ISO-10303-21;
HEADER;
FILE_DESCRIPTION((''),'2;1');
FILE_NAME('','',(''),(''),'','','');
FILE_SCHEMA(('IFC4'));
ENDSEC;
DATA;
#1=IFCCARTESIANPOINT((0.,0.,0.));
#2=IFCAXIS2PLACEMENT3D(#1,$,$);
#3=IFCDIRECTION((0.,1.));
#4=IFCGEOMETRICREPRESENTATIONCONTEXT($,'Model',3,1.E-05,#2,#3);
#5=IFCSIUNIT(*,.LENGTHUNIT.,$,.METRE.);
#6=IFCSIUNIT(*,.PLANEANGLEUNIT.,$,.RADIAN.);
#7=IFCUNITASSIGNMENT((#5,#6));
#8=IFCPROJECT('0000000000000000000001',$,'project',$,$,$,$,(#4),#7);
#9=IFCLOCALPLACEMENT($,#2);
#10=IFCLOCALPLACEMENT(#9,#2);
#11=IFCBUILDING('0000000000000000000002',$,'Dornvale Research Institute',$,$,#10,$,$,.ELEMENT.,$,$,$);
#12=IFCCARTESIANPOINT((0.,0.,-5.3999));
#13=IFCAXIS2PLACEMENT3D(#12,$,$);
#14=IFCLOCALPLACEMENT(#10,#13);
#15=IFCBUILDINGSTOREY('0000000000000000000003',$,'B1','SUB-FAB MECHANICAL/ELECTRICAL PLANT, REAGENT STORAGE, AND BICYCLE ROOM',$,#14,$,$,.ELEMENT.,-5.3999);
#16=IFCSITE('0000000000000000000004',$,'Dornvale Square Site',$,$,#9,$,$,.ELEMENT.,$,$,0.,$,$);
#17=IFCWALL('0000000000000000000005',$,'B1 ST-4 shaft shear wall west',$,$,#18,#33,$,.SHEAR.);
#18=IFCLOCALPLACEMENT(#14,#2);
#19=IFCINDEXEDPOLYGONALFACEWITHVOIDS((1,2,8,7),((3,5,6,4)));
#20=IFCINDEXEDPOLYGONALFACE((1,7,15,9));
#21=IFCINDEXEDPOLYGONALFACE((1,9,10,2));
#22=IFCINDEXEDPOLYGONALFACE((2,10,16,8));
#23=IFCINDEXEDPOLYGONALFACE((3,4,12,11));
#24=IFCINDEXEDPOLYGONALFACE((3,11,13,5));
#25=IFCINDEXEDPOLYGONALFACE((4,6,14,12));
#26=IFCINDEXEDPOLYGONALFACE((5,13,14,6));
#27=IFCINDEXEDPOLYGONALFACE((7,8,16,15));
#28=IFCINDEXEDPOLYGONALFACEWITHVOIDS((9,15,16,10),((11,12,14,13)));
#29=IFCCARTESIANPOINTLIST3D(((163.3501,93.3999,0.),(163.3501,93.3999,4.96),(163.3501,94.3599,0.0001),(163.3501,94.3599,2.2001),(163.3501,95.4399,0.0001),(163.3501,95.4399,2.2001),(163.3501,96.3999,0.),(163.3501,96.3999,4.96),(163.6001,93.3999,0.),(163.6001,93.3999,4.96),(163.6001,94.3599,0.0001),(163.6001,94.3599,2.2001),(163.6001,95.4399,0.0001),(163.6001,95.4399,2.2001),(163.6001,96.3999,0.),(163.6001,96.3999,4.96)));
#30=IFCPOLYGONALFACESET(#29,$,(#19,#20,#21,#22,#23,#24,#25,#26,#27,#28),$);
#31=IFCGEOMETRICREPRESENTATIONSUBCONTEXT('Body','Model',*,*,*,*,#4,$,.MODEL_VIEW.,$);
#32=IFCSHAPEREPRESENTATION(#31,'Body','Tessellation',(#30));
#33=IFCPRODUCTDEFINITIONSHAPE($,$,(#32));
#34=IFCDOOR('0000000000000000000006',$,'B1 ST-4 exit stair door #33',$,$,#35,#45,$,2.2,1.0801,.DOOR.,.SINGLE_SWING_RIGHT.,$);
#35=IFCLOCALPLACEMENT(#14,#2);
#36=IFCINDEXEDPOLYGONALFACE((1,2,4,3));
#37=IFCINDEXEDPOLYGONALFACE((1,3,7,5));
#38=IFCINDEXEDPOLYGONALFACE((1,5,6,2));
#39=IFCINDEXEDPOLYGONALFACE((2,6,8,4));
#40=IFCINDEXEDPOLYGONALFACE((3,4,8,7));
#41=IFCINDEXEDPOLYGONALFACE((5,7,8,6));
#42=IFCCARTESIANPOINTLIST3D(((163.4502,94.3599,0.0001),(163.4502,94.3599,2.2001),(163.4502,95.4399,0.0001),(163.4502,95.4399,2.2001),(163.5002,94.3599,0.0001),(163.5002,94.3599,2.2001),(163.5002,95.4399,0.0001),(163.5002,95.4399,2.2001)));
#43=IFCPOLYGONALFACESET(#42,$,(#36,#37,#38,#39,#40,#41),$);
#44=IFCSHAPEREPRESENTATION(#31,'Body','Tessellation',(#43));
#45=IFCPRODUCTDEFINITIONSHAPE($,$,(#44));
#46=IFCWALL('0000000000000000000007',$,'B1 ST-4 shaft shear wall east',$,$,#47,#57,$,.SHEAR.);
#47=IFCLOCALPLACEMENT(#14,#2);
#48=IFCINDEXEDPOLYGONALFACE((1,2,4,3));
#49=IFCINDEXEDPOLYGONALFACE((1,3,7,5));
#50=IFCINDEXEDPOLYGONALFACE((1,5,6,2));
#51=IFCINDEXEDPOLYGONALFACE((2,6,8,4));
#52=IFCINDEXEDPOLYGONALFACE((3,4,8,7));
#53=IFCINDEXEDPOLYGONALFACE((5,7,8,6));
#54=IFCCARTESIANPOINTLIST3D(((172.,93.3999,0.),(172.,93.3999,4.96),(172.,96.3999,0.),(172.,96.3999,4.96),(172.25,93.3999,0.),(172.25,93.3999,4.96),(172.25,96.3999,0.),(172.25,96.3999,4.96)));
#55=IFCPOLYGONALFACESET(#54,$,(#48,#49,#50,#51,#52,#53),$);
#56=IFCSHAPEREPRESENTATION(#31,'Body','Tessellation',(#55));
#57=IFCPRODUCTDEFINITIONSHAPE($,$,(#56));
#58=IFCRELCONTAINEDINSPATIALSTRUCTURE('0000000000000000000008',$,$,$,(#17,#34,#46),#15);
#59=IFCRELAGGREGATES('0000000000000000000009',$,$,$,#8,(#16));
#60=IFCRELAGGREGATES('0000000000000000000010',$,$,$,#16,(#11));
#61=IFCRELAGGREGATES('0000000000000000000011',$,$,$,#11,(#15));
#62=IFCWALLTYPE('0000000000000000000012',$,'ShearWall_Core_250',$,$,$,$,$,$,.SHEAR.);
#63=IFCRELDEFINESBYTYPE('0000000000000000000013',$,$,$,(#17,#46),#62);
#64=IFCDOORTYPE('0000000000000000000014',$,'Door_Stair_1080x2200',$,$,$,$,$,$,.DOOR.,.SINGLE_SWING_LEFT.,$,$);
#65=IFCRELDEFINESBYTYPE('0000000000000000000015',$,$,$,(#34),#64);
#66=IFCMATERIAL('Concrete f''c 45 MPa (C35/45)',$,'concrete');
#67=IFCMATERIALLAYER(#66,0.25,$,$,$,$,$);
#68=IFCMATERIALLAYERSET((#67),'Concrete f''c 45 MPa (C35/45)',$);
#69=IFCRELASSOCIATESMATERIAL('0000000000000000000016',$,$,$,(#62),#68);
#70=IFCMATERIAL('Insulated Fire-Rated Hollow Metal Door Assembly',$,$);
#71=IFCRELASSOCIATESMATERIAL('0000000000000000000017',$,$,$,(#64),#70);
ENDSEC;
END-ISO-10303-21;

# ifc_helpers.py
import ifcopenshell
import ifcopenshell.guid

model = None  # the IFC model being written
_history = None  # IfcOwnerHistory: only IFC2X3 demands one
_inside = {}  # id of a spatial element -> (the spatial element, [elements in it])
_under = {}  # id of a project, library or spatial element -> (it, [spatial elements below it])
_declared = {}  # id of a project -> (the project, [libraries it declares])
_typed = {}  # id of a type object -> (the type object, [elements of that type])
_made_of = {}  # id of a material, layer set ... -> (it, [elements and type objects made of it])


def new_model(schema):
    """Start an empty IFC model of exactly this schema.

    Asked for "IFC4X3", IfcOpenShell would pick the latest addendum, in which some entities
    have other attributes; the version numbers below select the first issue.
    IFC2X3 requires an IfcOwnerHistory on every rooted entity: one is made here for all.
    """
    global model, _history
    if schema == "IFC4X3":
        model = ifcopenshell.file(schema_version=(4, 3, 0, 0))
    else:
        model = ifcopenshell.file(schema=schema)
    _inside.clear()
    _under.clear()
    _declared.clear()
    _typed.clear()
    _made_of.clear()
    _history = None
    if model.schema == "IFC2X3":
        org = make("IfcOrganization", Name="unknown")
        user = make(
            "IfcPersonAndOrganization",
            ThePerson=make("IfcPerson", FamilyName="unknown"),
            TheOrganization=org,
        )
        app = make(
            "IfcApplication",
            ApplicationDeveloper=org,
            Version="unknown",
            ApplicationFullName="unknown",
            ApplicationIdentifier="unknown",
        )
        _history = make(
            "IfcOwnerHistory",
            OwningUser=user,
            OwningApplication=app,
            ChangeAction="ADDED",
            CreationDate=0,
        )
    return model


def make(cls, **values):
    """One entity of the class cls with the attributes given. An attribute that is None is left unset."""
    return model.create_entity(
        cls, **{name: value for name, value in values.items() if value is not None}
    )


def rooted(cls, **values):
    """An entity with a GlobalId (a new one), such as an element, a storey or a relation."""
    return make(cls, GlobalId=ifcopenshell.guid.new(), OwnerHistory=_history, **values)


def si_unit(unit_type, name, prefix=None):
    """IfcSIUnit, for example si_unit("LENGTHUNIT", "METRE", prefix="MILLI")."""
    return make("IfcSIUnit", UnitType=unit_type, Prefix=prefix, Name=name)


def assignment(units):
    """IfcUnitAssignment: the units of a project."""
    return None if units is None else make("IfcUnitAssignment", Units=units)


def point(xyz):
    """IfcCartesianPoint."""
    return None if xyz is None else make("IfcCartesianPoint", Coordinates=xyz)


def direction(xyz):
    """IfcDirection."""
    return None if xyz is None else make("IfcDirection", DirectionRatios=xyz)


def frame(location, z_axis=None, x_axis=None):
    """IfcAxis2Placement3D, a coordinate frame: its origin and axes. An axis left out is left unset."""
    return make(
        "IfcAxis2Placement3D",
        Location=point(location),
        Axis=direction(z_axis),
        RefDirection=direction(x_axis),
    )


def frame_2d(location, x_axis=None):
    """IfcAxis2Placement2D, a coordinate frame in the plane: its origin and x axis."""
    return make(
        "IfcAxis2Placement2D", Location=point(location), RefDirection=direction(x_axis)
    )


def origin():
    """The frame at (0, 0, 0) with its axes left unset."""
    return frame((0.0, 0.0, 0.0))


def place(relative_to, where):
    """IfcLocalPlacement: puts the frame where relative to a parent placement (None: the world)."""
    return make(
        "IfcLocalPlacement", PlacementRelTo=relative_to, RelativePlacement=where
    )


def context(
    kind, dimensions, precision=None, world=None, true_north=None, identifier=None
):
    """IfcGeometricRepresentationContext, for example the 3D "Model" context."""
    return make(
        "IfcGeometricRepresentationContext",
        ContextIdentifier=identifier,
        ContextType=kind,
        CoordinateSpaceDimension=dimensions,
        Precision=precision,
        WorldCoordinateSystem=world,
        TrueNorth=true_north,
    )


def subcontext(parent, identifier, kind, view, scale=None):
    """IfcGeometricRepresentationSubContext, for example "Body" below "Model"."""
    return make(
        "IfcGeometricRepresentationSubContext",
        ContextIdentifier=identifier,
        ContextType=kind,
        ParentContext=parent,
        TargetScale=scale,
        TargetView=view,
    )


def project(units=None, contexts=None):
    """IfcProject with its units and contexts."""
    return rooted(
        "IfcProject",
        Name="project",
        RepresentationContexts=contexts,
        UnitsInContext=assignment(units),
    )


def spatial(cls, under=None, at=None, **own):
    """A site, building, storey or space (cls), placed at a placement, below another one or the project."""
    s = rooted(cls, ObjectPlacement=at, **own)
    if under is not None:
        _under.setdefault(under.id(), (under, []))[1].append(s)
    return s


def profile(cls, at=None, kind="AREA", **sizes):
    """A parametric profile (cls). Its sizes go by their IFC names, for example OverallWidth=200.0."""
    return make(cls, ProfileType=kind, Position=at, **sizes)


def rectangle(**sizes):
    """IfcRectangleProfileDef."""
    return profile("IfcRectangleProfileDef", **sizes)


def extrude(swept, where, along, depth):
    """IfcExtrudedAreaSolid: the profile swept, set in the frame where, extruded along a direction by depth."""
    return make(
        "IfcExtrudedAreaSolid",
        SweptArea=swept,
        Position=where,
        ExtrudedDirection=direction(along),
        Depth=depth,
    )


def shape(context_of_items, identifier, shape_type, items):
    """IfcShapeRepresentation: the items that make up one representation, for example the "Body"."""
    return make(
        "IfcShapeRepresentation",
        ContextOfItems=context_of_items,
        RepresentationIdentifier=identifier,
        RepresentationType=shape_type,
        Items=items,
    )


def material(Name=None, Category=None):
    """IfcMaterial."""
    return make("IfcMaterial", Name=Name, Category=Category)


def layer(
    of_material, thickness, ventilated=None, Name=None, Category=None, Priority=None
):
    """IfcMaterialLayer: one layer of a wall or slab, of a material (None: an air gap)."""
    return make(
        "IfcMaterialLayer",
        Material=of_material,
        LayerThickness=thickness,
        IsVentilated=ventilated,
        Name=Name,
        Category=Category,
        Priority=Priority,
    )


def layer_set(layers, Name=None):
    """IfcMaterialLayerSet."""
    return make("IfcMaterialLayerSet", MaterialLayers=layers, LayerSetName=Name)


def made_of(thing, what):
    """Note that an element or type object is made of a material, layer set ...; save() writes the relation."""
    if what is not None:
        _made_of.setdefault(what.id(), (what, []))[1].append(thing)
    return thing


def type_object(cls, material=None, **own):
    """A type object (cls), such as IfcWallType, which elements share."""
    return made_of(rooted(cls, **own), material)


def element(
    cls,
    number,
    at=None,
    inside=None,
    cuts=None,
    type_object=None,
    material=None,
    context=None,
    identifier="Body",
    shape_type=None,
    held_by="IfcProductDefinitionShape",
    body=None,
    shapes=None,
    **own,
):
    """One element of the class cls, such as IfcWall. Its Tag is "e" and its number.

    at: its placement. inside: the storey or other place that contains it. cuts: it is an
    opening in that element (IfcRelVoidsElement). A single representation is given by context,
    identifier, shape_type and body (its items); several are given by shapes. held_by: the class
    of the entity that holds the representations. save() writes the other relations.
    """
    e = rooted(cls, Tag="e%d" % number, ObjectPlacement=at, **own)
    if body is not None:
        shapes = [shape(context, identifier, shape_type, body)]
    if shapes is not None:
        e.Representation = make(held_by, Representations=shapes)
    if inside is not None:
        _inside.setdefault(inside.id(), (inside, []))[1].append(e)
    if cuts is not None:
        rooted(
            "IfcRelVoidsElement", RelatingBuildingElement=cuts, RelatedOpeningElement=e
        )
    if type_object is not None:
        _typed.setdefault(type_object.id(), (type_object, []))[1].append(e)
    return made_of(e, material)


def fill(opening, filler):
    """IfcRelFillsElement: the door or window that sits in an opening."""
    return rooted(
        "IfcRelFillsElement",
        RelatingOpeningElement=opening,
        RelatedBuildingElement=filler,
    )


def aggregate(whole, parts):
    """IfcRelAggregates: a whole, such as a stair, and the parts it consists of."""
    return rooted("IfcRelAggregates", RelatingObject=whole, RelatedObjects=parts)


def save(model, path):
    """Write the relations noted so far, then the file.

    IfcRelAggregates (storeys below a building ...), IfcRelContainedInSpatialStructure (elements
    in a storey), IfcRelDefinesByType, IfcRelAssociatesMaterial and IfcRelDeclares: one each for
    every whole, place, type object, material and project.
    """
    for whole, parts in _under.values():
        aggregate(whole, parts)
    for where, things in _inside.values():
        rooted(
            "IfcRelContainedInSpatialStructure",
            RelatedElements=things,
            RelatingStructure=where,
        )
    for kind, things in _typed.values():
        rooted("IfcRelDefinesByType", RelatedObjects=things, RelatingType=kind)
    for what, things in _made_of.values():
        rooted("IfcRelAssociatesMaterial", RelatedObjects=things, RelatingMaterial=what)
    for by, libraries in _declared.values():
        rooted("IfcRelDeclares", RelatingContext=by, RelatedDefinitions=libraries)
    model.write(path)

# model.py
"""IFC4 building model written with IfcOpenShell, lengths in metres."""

from ifc_helpers import new_model, si_unit, direction, frame, frame_2d, origin, place, context, subcontext, project, spatial, rectangle, extrude, material, layer, layer_set, type_object, element, fill, save


model = new_model("IFC4")

# Units and contexts
model_context = context("Model", 3, precision=1e-05, world=origin(), true_north=direction((0.0, 1.0)))
body_context = subcontext(model_context, "Body", "Model", "MODEL_VIEW")
ifc_project = project(units=[si_unit("LENGTHUNIT", "METRE"), si_unit("PLANEANGLEUNIT", "RADIAN")], contexts=[model_context])

# Site, building, storey
site_placement = place(None, origin())
site = spatial("IfcSite", under=ifc_project, at=site_placement, Name="Dornvale Square Site", CompositionType="ELEMENT", RefElevation=0.0)
building_placement = place(site_placement, origin())
building = spatial("IfcBuilding", under=site, at=building_placement, Name="Dornvale Research Institute", CompositionType="ELEMENT")
storey_placement = place(building_placement, frame((0.0, 0.0, -5.3999)))
storey = spatial("IfcBuildingStorey", under=building, at=storey_placement, Name="B1", Description="SUB-FAB MECHANICAL/ELECTRICAL PLANT, REAGENT STORAGE, AND BICYCLE ROOM", CompositionType="ELEMENT", Elevation=-5.3999)

# Wall, opening, door
ifc_material_1 = material(Name="Concrete f'c 45 MPa (C35/45)", Category="concrete")
ifc_layer_1 = layer(ifc_material_1, 0.25)
ifc_layer_set_1 = layer_set([ifc_layer_1], Name="Concrete f'c 45 MPa (C35/45)")
wall_type_1 = type_object("IfcWallType", Name="ShearWall_Core_250", PredefinedType="SHEAR", material=ifc_layer_set_1)
wall_1_placement = place(storey_placement, frame((163.4751, 93.3999, 0.0), z_axis=(0.0, 0.0, 1.0), x_axis=(0.0, 1.0, 0.0)))
wall_1 = element("IfcWall", 1, at=wall_1_placement, inside=storey, type_object=wall_type_1, Name="B1 ST-4 shaft shear wall west", PredefinedType="SHEAR", context=body_context, shape_type="SweptSolid", body=[
    extrude(rectangle(XDim=3.0, YDim=0.25, at=frame_2d((1.5, 0.0))), origin(), (0.0, 0.0, 1.0), 4.96),
])
opening_placement = place(wall_1_placement, frame((0.96, 0.0, 0.0)))
opening = element("IfcOpeningElement", 2, at=opening_placement, cuts=wall_1, PredefinedType="OPENING", context=body_context, shape_type="SweptSolid", body=[
    extrude(rectangle(XDim=1.0801, YDim=2.2, at=frame_2d((0.54, 1.1001))), frame((0.0, 0.1399, 0.0), z_axis=(0.0, -1.0, 0.0), x_axis=(1.0, 0.0, 0.0)), (0.0, 0.0, 1.0), 0.28),
])
ifc_material_2 = material(Name="Insulated Fire-Rated Hollow Metal Door Assembly")
door_type = type_object("IfcDoorType", Name="Door_Stair_1080x2200", OperationType="SINGLE_SWING_LEFT", PredefinedType="DOOR", material=ifc_material_2)
door_placement = place(opening_placement, origin())
door = element("IfcDoor", 3, at=door_placement, inside=storey, type_object=door_type, Name="B1 ST-4 exit stair door #33", OperationType="SINGLE_SWING_RIGHT", OverallHeight=2.2, OverallWidth=1.0801, PredefinedType="DOOR", context=body_context, shape_type="SweptSolid", body=[
    extrude(rectangle(XDim=1.0801, YDim=2.2, at=frame_2d((0.54, 1.1001))), frame((0.0, 0.0249, 0.0), z_axis=(0.0, -1.0, 0.0), x_axis=(1.0, 0.0, 0.0)), (0.0, 0.0, 1.0), 0.05),
])
fill(opening, door)

# Wall
wall_2_placement = place(storey_placement, frame((172.125, 93.3999, 0.0), z_axis=(0.0, 0.0, 1.0), x_axis=(0.0, 1.0, 0.0)))
element("IfcWall", 4, at=wall_2_placement, inside=storey, type_object=wall_type_1, Name="B1 ST-4 shaft shear wall east", PredefinedType="SHEAR", context=body_context, shape_type="SweptSolid", body=[
    extrude(rectangle(XDim=3.0, YDim=0.25, at=frame_2d((1.5, 0.0))), origin(), (0.0, 0.0, 1.0), 4.96),
])

save(model, "model.ifc")
